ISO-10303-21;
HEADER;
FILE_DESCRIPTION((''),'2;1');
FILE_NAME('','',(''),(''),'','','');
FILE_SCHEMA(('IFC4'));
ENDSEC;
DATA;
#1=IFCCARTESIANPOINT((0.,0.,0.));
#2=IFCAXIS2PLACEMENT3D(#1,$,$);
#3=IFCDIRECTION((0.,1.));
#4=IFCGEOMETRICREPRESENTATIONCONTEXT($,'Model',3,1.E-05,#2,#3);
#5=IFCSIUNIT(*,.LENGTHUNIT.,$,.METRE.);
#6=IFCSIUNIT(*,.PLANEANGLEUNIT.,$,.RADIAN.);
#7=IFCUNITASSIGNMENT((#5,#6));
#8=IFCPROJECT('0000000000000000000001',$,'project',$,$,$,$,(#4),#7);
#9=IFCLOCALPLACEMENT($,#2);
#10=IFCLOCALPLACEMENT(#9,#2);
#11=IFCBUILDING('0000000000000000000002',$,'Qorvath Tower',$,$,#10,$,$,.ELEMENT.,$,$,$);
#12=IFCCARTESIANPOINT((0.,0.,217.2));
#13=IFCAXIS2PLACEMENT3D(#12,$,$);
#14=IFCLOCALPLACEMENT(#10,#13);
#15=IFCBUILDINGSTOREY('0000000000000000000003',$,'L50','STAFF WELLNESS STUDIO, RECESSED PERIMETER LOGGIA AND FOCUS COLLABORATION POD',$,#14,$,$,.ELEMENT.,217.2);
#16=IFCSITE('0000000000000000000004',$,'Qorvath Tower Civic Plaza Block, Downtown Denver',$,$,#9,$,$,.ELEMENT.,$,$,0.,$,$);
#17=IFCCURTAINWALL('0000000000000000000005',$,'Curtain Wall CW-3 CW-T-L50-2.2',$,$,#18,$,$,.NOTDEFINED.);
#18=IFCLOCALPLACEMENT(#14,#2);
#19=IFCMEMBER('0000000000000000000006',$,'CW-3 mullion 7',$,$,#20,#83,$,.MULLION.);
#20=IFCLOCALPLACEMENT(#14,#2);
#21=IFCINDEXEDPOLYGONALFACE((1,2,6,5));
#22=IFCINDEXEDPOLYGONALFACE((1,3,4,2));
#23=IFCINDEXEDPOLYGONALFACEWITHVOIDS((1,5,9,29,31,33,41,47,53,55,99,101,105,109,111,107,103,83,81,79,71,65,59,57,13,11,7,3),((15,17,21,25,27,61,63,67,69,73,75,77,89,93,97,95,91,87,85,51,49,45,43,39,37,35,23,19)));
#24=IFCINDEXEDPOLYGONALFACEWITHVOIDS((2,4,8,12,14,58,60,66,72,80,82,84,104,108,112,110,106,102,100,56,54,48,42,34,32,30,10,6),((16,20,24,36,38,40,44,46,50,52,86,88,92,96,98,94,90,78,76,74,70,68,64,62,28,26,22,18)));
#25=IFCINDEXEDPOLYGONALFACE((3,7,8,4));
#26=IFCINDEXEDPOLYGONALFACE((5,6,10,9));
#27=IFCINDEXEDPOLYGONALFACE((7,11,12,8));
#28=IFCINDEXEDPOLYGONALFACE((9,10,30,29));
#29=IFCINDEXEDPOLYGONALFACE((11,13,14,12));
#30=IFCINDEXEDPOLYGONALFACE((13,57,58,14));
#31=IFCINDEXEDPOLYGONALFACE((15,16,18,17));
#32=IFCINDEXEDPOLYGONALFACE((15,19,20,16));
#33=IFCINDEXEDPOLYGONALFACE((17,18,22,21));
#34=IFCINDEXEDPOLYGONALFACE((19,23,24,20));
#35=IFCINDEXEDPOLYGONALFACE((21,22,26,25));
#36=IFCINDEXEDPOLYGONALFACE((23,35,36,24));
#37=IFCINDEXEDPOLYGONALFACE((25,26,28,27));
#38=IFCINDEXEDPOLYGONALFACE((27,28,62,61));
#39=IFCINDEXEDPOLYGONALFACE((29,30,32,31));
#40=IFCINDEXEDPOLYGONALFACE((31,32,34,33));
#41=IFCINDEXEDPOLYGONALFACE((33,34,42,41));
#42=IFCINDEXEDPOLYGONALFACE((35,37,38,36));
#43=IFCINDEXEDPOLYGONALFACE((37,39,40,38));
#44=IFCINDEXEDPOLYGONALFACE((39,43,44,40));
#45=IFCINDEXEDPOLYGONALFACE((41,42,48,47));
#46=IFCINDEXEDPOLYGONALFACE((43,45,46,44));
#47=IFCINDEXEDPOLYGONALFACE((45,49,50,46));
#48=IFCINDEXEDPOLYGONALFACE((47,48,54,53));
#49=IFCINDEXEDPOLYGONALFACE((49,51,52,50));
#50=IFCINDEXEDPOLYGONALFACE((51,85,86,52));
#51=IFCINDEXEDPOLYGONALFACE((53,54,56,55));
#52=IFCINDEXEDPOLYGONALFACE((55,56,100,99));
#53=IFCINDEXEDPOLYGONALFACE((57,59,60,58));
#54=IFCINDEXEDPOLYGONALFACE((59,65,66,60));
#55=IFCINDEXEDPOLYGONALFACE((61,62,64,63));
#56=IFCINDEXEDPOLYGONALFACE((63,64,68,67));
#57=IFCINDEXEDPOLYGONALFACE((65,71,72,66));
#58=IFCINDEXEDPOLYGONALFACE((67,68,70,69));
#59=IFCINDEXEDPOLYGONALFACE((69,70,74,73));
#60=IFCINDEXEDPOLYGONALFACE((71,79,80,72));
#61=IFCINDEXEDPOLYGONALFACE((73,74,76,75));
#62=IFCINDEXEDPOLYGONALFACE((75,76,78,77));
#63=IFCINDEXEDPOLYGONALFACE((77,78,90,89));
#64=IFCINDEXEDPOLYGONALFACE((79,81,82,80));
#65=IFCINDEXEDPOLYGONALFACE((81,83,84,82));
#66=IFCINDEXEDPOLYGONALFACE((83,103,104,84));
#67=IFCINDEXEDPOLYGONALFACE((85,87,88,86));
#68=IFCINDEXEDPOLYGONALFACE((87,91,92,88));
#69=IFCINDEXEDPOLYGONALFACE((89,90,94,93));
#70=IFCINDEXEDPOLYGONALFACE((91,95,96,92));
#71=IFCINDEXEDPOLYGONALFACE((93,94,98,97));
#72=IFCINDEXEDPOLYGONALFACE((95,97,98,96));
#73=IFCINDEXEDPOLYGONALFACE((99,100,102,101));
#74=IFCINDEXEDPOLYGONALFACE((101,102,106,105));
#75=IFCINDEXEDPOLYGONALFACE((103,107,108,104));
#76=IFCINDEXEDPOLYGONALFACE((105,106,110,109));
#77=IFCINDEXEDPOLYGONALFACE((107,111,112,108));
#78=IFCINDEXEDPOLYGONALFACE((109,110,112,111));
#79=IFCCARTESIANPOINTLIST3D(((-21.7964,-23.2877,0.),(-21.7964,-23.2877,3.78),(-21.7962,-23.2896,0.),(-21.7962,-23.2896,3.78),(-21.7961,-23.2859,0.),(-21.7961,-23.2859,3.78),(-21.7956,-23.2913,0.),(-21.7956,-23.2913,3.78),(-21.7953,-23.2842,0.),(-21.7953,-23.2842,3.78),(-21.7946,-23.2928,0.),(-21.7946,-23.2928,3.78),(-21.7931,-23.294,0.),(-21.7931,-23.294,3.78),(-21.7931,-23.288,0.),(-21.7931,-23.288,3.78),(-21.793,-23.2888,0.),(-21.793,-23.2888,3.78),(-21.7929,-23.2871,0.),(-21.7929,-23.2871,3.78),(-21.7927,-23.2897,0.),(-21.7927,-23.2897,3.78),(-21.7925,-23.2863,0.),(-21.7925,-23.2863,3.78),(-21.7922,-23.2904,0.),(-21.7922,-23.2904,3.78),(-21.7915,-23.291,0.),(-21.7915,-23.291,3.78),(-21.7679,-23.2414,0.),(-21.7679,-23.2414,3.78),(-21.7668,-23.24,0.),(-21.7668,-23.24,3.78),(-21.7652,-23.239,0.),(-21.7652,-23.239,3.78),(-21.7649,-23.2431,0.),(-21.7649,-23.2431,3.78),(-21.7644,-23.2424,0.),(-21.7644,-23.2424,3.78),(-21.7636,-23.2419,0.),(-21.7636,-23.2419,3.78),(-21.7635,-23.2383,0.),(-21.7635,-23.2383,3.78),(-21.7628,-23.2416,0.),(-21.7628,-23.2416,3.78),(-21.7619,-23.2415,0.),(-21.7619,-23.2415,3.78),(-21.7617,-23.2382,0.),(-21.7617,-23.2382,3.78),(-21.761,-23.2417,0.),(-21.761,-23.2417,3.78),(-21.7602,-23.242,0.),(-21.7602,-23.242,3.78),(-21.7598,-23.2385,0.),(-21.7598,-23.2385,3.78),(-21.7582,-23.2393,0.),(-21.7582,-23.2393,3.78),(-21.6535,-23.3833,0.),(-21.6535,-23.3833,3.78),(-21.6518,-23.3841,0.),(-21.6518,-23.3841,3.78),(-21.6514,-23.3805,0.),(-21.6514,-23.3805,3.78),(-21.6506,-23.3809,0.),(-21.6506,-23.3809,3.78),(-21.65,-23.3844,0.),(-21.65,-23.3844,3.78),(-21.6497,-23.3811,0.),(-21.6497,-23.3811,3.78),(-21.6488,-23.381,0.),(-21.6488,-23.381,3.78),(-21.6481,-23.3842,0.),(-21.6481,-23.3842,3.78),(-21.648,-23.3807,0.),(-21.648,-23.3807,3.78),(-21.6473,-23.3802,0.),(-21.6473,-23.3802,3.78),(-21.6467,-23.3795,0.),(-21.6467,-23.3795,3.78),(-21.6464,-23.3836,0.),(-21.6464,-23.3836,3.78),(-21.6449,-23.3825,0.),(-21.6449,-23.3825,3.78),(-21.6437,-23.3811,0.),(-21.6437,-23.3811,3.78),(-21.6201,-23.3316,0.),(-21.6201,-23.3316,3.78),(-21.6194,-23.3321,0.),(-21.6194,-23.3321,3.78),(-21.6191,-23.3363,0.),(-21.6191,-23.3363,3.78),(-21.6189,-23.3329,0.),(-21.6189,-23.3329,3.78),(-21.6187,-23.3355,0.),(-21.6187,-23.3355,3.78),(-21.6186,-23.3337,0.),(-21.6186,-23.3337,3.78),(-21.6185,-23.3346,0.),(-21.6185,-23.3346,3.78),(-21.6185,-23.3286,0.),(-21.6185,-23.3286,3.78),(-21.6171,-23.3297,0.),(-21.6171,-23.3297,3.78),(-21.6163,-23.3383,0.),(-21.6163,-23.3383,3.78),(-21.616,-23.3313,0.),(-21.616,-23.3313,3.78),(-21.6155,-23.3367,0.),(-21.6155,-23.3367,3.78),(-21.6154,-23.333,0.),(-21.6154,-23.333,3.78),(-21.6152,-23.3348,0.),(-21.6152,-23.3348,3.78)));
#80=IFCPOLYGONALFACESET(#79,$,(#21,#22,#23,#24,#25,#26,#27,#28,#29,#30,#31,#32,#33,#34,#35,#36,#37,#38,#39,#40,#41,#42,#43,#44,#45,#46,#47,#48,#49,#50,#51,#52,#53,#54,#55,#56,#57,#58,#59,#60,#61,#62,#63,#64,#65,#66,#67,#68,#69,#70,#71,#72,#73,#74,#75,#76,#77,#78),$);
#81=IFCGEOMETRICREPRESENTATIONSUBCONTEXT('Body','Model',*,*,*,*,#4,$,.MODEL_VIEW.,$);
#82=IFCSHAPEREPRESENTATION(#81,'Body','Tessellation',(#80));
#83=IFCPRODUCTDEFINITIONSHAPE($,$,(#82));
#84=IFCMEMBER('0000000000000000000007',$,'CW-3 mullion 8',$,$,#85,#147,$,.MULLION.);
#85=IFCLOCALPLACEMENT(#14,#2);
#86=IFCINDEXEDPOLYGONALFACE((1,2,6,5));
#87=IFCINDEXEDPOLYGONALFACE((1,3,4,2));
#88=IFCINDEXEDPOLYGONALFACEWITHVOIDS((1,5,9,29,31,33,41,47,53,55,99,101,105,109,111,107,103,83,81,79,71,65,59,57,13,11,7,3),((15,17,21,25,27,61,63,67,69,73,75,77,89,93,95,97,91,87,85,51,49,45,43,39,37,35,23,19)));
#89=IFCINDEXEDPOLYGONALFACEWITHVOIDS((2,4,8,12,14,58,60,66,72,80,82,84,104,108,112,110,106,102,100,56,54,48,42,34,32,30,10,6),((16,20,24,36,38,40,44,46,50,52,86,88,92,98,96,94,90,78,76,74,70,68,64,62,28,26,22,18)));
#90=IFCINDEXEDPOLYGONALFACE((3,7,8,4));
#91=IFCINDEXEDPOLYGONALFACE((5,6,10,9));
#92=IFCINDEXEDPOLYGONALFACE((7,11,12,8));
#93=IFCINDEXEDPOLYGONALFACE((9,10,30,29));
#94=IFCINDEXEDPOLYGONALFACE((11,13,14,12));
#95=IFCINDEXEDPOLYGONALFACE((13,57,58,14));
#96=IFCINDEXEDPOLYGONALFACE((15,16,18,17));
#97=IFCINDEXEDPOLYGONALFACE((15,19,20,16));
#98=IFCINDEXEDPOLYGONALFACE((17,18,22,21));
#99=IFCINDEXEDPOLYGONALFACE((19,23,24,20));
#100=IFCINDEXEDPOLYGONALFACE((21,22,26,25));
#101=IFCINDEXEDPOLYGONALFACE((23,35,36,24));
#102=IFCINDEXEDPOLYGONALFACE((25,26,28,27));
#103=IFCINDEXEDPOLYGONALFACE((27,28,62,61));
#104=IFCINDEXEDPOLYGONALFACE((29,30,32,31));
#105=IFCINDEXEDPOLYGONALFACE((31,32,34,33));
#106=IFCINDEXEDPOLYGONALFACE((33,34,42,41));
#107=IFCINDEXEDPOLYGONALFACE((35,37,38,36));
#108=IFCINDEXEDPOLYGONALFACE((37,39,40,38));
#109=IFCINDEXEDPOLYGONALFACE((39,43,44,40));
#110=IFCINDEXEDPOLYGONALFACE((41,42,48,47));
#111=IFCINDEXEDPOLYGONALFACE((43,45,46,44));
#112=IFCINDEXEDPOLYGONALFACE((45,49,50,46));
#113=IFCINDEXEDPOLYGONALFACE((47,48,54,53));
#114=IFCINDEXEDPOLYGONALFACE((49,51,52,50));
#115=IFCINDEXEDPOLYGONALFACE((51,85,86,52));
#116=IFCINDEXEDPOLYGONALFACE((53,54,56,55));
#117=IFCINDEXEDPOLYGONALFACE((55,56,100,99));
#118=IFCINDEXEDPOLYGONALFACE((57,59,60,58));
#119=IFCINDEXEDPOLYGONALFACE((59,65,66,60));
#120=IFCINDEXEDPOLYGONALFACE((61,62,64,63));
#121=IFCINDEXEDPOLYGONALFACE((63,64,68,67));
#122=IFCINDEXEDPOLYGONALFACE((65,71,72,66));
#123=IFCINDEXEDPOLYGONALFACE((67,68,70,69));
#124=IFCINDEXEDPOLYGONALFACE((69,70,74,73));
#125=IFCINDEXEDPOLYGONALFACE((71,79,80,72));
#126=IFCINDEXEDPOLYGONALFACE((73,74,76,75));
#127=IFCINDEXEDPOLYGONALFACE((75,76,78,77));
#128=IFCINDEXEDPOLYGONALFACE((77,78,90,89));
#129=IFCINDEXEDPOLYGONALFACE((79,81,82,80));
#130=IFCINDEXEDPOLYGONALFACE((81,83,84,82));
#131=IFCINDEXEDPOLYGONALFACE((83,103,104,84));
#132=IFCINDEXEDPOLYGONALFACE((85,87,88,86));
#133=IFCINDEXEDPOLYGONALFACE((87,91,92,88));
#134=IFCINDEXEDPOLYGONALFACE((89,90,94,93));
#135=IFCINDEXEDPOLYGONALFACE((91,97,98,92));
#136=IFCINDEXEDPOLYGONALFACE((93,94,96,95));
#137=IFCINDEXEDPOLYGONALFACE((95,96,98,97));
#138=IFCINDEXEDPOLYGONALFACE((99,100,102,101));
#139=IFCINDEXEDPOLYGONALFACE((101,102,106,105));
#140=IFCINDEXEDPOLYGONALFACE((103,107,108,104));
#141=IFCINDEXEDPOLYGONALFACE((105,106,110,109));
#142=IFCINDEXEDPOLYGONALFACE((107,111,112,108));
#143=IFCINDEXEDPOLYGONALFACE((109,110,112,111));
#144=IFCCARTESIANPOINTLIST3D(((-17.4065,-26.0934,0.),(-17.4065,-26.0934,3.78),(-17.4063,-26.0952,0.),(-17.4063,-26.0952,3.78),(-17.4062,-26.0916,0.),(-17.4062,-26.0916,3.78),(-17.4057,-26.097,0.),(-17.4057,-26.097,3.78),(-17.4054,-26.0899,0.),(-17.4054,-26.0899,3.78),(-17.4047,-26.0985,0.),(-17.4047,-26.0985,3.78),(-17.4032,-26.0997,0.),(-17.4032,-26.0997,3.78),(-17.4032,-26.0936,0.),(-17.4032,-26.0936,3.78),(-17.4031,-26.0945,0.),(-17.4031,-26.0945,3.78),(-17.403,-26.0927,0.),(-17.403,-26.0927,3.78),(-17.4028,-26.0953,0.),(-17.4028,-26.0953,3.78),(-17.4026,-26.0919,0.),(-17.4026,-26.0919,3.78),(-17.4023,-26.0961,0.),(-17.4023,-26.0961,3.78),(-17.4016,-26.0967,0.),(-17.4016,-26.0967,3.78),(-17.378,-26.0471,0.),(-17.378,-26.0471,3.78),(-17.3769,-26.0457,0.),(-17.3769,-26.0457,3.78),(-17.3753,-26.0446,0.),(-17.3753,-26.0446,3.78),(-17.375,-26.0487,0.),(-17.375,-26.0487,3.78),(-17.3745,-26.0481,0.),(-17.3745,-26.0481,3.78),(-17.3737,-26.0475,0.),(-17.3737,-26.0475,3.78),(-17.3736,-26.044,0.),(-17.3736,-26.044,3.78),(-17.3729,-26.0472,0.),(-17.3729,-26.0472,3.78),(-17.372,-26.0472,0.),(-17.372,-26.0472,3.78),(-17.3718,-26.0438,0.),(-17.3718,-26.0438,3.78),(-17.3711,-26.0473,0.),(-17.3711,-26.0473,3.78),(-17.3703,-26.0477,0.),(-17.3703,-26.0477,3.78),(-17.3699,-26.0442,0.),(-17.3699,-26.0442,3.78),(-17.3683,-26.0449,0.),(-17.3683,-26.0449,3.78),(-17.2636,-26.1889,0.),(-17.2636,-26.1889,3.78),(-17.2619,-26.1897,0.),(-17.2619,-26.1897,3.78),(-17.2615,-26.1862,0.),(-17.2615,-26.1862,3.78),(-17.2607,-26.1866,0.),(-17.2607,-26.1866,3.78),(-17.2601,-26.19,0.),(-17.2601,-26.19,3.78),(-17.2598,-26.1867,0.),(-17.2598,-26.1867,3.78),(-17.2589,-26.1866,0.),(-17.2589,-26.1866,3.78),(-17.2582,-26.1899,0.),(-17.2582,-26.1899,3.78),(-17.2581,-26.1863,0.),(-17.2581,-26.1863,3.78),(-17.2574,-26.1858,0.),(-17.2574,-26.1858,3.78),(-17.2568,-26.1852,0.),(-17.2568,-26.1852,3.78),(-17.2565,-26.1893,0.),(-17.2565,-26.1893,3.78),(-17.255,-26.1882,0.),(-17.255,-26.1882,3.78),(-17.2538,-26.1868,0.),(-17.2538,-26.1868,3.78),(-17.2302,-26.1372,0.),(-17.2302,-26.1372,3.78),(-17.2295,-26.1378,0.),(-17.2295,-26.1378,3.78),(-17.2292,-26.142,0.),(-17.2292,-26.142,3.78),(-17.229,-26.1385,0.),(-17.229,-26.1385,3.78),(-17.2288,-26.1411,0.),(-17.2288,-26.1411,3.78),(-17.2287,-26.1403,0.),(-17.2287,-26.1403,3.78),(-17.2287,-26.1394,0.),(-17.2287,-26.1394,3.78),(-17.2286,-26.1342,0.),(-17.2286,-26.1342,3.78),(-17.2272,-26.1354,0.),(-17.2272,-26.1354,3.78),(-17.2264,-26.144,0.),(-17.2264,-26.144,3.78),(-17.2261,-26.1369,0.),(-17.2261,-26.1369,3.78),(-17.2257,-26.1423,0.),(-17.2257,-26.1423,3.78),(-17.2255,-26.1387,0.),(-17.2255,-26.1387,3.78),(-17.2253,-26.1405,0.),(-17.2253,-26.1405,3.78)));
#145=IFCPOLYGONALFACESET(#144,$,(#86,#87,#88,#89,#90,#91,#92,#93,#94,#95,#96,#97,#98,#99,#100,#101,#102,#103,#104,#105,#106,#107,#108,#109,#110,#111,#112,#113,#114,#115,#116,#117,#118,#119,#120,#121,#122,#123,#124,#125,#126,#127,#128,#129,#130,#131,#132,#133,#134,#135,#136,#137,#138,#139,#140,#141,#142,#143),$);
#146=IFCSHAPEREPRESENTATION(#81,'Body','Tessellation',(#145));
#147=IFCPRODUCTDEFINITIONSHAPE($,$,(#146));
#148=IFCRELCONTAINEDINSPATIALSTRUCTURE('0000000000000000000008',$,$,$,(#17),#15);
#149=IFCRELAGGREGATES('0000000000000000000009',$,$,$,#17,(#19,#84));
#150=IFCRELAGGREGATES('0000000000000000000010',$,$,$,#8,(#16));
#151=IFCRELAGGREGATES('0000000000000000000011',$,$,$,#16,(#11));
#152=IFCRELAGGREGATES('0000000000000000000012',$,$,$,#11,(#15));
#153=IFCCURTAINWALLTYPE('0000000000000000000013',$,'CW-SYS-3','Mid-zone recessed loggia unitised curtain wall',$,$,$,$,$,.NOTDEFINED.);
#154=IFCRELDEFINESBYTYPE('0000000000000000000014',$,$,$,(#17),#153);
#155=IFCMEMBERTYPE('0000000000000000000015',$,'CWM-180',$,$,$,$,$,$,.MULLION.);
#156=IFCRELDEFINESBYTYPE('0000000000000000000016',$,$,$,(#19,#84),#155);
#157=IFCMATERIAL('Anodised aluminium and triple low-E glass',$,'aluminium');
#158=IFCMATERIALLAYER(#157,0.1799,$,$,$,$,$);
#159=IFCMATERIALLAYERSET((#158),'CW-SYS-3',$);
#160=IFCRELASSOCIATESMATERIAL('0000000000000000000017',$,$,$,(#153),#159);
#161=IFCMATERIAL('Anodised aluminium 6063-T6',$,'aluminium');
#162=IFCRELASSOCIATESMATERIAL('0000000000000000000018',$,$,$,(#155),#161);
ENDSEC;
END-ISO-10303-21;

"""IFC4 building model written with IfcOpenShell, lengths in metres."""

from ifc_helpers import new_model, si_unit, direction, frame, origin, origin_2d, place, context, subcontext, project, spatial, hollow_rectangle, extrude, material, layer, layer_set, material_profile, profile_set, type_object, element, aggregate, save


model = new_model("IFC4")

# Units and contexts
model_context = context("Model", 3, precision=1e-05, world=origin(), true_north=direction((0.0, 1.0)))
body_context = subcontext(model_context, "Body", "Model", "MODEL_VIEW")
ifc_project = project(units=[si_unit("LENGTHUNIT", "METRE"), si_unit("PLANEANGLEUNIT", "RADIAN")], contexts=[model_context])

# Site, building, storey
site_placement = place(None, origin())
site = spatial("IfcSite", under=ifc_project, at=site_placement, Name="Qorvath Tower Civic Plaza Block, Downtown Denver", CompositionType="ELEMENT", RefElevation=0.0)
building_placement = place(site_placement, origin())
building = spatial("IfcBuilding", under=site, at=building_placement, Name="Qorvath Tower", CompositionType="ELEMENT")
storey_placement = place(building_placement, frame((0.0, 0.0, 217.2)))
storey = spatial("IfcBuildingStorey", under=building, at=storey_placement, Name="L50", Description="STAFF WELLNESS STUDIO, RECESSED PERIMETER LOGGIA AND FOCUS COLLABORATION POD", CompositionType="ELEMENT", Elevation=217.2)

# Curtain wall, members
ifc_material_1 = material(Name="Anodised aluminium and triple low-E glass", Category="aluminium")
ifc_layer_1 = layer(ifc_material_1, 0.1799)
ifc_layer_set_1 = layer_set([ifc_layer_1], Name="CW-SYS-3")
curtain_wall_type = type_object("IfcCurtainWallType", Name="CW-SYS-3", Description="Mid-zone recessed loggia unitised curtain wall", PredefinedType="NOTDEFINED", material=ifc_layer_set_1)
curtain_wall_1_placement = place(storey_placement, origin())
curtain_wall_1 = element("IfcCurtainWall", 1, at=curtain_wall_1_placement, inside=storey, type_object=curtain_wall_type, Name="Curtain Wall CW-3 CW-T-L50-2.2", PredefinedType="NOTDEFINED")
ifc_material_2 = material(Name="Anodised aluminium 6063-T6", Category="aluminium")
ifc_material_profile_1 = material_profile(ifc_material_2, hollow_rectangle(XDim=0.0649, YDim=0.1799, WallThickness=0.0034, InnerFilletRadius=0.0034, OuterFilletRadius=0.0071, at=origin_2d()), Name="CWM 180x65")
ifc_profile_set_1 = profile_set([ifc_material_profile_1], Name="Anodised aluminium 6063-T6")
member_type_1 = type_object("IfcMemberType", Name="CWM-180", PredefinedType="MULLION", material=ifc_profile_set_1)
member_1_placement = place(storey_placement, frame((-21.7058, -23.3113, 0.0), z_axis=(0.0, 0.0, 1.0), x_axis=(0.538535, 0.842603, 0.0)))
member_1 = element("IfcMember", 2, at=member_1_placement, type_object=member_type_1, Name="CW-3 mullion 7", PredefinedType="MULLION", context=body_context, shape_type="SweptSolid", body=[
    extrude(hollow_rectangle(XDim=0.0649, YDim=0.1799, WallThickness=0.0034, InnerFilletRadius=0.0034, OuterFilletRadius=0.0071, at=origin_2d()), origin(), (0.0, 0.0, 1.0), 3.78),
])
member_2_placement = place(storey_placement, frame((-17.3159, -26.1169, 0.0), z_axis=(0.0, 0.0, 1.0), x_axis=(0.538535, 0.842603, 0.0)))
member_2 = element("IfcMember", 3, at=member_2_placement, type_object=member_type_1, Name="CW-3 mullion 8", PredefinedType="MULLION", context=body_context, shape_type="SweptSolid", body=[
    extrude(hollow_rectangle(XDim=0.0649, YDim=0.1799, WallThickness=0.0034, InnerFilletRadius=0.0034, OuterFilletRadius=0.0071, at=origin_2d()), origin(), (0.0, 0.0, 1.0), 3.78),
])

aggregate(curtain_wall_1, [member_1, member_2])

save(model, "model.ifc")
